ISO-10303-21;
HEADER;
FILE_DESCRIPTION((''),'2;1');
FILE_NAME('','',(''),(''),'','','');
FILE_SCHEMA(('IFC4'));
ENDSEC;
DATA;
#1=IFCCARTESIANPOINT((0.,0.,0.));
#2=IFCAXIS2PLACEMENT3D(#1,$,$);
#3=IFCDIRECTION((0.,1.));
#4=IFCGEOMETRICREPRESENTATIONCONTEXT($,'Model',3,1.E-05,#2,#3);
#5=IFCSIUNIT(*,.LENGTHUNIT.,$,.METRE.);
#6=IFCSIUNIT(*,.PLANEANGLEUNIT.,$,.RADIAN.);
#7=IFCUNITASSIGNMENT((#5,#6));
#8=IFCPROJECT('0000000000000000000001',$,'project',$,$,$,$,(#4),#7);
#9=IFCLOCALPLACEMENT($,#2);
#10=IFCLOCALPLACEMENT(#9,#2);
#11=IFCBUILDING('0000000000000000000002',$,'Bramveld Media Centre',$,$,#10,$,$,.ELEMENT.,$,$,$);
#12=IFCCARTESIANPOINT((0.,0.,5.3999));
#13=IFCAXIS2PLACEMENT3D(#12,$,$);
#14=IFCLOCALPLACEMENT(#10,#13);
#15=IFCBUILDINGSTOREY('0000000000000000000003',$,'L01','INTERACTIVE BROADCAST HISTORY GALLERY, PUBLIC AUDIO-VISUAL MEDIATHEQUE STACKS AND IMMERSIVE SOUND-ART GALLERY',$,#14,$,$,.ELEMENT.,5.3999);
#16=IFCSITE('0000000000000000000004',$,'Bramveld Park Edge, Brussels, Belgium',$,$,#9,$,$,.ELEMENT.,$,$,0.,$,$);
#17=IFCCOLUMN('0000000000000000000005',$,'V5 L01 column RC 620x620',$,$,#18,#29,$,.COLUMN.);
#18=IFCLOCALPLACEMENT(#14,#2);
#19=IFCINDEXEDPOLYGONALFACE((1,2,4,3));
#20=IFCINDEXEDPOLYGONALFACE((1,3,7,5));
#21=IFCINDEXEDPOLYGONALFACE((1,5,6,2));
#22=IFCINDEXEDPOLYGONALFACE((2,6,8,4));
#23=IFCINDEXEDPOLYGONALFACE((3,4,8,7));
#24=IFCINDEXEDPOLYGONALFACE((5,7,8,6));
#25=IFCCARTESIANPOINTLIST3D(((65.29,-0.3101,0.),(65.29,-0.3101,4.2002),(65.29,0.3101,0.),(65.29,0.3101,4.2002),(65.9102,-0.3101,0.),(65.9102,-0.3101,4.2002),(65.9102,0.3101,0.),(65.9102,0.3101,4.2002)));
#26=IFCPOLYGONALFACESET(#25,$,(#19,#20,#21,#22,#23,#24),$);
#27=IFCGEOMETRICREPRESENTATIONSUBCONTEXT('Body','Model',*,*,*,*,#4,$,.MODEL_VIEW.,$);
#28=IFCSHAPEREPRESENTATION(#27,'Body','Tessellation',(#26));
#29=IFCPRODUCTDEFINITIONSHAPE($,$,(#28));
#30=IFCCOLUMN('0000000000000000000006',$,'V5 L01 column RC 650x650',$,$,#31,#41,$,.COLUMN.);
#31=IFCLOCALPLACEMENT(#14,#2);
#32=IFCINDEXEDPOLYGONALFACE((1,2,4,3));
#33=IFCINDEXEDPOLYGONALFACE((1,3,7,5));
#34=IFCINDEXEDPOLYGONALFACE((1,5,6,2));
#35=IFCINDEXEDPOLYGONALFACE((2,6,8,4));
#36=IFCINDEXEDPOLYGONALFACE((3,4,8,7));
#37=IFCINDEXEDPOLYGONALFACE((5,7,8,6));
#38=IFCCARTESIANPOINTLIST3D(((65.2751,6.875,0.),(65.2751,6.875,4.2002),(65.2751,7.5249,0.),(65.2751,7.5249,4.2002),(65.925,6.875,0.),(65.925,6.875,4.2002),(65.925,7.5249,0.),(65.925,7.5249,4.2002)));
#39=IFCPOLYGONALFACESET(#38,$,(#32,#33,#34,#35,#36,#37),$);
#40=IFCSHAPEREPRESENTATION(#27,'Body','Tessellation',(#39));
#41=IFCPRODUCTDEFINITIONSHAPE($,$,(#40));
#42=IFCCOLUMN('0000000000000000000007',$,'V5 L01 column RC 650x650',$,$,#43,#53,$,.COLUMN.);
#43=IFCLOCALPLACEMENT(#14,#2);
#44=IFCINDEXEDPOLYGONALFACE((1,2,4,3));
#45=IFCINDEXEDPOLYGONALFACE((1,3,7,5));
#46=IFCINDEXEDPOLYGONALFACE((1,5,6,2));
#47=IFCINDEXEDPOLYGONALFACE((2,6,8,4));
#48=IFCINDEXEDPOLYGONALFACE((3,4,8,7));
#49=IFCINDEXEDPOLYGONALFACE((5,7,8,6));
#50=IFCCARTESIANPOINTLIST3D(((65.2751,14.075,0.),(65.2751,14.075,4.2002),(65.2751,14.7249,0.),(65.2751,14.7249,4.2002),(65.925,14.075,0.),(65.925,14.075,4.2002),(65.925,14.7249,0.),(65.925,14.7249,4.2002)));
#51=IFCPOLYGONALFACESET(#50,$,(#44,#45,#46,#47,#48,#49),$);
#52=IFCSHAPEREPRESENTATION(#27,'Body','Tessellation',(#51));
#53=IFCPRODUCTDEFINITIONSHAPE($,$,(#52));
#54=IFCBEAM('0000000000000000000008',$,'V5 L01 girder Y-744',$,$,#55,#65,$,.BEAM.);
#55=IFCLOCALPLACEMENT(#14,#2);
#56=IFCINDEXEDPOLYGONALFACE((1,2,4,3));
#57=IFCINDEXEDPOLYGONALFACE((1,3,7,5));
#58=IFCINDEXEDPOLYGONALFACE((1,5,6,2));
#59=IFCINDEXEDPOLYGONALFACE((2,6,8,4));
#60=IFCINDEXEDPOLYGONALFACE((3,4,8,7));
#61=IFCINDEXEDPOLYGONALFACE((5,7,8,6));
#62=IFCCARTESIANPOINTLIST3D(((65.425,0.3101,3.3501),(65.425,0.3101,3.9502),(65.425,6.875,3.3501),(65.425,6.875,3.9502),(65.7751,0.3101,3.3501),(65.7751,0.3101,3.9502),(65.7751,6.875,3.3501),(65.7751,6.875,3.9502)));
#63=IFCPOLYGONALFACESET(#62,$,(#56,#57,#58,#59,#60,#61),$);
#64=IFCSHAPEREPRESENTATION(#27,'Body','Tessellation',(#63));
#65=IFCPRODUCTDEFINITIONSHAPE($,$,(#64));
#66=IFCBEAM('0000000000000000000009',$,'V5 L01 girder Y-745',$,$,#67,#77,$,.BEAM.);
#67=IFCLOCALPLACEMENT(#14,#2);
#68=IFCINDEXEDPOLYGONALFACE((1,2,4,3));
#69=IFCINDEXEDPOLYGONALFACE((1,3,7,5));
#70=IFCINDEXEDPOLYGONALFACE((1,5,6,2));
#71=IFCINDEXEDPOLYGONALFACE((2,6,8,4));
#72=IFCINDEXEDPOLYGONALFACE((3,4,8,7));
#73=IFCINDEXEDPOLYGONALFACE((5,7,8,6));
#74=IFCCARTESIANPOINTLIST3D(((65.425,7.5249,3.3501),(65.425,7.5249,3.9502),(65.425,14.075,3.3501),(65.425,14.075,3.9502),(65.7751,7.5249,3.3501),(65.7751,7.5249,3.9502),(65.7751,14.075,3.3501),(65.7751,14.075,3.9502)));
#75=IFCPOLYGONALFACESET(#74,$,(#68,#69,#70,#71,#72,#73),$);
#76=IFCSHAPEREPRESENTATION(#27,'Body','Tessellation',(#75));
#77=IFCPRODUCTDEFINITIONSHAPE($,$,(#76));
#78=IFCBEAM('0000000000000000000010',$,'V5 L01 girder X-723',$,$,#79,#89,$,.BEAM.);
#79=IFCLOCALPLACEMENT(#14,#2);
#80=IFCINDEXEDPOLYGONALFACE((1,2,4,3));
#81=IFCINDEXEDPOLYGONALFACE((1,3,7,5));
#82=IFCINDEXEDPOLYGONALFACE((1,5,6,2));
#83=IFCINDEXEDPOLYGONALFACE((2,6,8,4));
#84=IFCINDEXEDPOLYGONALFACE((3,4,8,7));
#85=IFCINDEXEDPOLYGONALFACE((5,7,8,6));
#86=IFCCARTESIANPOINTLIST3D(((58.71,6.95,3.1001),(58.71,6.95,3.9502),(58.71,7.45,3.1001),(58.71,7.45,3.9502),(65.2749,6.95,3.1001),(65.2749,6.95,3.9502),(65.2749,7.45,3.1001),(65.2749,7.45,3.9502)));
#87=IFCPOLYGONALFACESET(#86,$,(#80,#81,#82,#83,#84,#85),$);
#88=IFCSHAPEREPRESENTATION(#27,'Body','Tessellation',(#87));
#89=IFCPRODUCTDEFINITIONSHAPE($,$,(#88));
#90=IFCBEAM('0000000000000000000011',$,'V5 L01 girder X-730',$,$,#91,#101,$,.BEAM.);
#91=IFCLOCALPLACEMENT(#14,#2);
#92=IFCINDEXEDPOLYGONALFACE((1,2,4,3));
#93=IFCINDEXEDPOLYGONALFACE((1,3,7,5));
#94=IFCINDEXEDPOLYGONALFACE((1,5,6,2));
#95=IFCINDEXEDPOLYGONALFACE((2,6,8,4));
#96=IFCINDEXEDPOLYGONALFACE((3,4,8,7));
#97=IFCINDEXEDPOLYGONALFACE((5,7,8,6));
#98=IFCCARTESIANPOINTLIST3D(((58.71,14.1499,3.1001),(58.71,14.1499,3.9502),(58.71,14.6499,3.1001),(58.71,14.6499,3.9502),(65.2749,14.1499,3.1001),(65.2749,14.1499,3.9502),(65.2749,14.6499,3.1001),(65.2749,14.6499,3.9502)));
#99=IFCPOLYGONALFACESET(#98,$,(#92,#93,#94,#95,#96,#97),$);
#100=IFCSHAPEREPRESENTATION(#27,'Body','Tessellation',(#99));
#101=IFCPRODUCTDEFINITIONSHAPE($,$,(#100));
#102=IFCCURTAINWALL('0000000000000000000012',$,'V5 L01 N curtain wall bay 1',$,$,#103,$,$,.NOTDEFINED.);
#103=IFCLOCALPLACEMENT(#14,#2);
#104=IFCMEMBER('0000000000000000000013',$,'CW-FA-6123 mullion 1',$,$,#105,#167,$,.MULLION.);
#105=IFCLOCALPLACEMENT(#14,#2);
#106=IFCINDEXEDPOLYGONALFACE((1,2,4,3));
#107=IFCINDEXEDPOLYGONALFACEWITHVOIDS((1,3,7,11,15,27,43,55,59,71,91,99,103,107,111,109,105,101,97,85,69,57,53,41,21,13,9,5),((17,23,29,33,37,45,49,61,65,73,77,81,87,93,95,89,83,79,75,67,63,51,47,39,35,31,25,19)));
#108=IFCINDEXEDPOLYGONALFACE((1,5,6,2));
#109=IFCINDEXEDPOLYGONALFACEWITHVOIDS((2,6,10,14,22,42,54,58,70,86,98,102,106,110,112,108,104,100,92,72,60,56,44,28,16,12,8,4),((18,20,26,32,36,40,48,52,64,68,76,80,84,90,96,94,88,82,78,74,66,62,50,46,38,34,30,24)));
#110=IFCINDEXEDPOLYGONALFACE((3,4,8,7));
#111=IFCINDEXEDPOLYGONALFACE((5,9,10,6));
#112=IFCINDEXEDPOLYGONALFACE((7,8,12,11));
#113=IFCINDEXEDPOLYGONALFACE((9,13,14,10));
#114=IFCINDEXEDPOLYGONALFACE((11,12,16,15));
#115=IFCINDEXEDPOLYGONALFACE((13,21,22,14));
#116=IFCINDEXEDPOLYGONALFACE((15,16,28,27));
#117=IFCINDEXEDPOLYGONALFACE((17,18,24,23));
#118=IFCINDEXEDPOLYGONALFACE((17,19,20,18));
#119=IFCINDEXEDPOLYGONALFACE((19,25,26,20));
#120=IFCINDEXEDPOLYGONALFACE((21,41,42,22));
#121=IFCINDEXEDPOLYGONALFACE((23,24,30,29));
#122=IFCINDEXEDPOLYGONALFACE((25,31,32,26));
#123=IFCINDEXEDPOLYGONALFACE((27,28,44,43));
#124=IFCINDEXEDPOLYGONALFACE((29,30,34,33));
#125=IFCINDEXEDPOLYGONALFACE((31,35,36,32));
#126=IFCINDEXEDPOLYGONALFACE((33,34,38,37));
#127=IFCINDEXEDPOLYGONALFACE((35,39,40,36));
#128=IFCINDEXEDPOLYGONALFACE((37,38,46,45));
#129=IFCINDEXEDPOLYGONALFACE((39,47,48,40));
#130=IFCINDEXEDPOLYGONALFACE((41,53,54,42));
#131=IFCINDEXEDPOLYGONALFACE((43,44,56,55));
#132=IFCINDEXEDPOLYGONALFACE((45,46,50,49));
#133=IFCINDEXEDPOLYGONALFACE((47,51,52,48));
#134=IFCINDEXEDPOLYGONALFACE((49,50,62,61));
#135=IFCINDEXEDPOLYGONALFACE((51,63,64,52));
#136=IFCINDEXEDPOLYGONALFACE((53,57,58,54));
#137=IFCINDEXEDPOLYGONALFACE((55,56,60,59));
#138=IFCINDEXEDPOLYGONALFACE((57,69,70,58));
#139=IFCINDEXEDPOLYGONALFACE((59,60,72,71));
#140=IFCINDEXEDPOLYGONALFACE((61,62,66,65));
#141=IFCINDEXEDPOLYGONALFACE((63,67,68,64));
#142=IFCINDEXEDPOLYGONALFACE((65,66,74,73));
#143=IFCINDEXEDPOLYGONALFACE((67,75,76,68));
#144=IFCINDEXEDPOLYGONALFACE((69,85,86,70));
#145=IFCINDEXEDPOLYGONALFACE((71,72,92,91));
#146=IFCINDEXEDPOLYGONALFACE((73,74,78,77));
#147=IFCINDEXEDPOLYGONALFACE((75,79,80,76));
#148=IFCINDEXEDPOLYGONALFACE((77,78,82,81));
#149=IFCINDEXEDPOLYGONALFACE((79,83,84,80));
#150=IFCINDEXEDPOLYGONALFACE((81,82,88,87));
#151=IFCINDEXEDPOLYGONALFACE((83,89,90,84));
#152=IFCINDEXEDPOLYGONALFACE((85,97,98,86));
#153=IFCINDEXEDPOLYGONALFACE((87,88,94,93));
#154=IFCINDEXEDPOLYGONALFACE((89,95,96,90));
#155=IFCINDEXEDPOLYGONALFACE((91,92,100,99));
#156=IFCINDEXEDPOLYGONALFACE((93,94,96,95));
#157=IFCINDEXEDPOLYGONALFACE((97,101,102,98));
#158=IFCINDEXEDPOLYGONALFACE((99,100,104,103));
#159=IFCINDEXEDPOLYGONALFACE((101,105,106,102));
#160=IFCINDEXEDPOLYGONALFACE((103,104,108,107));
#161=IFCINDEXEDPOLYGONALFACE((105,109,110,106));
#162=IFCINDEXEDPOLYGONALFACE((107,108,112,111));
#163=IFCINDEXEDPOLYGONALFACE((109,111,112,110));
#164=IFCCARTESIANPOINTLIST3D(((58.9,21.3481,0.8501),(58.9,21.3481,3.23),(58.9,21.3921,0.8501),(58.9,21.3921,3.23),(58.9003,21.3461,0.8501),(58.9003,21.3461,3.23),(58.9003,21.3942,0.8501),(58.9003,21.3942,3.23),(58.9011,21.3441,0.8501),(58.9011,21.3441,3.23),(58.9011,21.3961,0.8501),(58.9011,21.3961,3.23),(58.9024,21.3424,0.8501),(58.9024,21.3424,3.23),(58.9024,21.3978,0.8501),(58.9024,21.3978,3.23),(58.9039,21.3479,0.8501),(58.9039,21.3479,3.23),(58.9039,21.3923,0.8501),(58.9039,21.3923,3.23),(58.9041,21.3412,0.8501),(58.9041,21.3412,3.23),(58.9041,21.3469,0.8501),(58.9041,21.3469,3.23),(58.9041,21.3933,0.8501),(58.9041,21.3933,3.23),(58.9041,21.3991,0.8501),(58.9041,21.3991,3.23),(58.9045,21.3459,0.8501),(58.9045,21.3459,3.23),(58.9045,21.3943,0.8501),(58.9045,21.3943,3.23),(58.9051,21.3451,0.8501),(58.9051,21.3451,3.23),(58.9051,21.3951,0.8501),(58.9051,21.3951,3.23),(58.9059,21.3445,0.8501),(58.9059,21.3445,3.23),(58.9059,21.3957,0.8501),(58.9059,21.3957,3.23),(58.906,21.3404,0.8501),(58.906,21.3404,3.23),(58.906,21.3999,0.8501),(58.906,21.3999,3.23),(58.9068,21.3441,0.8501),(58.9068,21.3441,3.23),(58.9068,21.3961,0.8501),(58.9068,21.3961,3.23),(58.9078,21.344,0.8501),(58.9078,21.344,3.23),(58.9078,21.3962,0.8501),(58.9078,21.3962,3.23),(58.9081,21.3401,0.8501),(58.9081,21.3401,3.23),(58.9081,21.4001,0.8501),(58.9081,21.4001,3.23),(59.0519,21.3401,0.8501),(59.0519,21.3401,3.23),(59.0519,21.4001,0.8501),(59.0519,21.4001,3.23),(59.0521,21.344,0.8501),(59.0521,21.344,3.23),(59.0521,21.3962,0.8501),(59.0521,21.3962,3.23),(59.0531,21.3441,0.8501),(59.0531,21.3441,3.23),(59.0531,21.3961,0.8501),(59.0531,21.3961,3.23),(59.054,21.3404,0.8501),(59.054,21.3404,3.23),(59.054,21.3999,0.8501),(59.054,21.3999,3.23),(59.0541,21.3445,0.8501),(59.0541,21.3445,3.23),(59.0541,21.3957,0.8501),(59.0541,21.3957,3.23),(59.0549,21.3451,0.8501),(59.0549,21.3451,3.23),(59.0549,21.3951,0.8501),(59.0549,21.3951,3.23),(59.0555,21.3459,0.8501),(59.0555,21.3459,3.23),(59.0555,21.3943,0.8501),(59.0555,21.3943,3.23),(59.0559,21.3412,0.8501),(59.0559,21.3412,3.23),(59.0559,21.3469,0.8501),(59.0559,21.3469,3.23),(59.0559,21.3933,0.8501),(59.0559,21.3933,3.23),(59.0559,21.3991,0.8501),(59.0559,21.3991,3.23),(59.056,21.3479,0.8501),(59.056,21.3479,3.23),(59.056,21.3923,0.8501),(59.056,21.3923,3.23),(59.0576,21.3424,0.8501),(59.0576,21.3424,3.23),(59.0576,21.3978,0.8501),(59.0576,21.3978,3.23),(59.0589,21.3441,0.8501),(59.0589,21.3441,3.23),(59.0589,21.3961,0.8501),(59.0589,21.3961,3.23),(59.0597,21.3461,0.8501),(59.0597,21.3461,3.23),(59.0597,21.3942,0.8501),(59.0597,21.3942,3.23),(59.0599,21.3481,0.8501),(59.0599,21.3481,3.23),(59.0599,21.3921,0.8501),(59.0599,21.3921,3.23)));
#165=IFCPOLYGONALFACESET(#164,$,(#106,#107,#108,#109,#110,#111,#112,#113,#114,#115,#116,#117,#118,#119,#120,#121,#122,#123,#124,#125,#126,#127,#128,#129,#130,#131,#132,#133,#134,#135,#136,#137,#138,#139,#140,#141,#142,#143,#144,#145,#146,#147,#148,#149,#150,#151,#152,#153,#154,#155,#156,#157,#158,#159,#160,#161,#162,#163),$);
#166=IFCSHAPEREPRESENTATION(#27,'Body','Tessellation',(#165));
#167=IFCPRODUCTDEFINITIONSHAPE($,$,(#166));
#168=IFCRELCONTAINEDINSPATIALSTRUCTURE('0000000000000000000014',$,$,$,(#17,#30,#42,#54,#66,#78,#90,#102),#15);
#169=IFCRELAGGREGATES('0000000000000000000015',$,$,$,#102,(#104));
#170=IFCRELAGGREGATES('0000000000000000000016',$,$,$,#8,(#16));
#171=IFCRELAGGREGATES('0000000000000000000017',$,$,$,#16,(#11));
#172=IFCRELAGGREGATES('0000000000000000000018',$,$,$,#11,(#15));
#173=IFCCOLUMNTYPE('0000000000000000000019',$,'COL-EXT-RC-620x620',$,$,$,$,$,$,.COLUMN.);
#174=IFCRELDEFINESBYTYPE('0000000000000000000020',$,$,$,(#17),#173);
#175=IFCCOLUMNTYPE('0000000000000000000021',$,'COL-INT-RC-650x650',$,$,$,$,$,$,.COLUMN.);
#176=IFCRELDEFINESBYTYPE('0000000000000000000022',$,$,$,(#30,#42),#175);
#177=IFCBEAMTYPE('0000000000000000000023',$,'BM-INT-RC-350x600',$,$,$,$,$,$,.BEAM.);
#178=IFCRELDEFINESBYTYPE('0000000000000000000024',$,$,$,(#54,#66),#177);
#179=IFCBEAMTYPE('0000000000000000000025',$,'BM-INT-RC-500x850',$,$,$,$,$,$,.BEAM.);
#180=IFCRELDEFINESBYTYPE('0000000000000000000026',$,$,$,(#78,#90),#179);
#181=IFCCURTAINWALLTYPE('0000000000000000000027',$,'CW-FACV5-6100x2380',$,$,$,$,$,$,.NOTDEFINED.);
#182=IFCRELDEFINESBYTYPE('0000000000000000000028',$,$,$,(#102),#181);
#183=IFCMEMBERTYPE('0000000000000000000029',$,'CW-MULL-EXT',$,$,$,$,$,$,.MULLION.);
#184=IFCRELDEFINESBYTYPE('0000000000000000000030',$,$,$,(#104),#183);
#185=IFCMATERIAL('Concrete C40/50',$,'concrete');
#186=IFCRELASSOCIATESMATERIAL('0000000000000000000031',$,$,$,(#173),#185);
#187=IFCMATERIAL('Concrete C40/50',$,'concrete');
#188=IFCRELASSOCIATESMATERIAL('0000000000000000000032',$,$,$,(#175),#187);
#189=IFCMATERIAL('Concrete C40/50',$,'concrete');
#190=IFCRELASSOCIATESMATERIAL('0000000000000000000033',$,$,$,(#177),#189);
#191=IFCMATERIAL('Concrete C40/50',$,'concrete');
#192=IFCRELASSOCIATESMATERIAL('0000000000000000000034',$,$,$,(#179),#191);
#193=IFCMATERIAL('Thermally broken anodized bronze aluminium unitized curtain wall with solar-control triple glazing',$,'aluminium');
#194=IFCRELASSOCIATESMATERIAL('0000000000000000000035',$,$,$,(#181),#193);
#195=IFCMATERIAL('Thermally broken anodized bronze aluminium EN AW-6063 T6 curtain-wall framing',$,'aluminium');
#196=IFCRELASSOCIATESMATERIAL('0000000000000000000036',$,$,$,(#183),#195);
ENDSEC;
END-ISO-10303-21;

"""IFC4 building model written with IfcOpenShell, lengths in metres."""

from ifc_helpers import new_model, si_unit, direction, frame, origin, origin_2d, place, context, subcontext, project, spatial, rectangle, hollow_rectangle, extrude, material, material_profile, profile_set, type_object, element, aggregate, save


model = new_model("IFC4")

# Units and contexts
model_context = context("Model", 3, precision=1e-05, world=origin(), true_north=direction((0.0, 1.0)))
body_context = subcontext(model_context, "Body", "Model", "MODEL_VIEW")
ifc_project = project(units=[si_unit("LENGTHUNIT", "METRE"), si_unit("PLANEANGLEUNIT", "RADIAN")], contexts=[model_context])

# Site, building, storey
site_placement = place(None, origin())
site = spatial("IfcSite", under=ifc_project, at=site_placement, Name="Bramveld Park Edge, Brussels, Belgium", CompositionType="ELEMENT", RefElevation=0.0)
building_placement = place(site_placement, origin())
building = spatial("IfcBuilding", under=site, at=building_placement, Name="Bramveld Media Centre", CompositionType="ELEMENT")
storey_placement = place(building_placement, frame((0.0, 0.0, 5.3999)))
storey = spatial("IfcBuildingStorey", under=building, at=storey_placement, Name="L01", Description="INTERACTIVE BROADCAST HISTORY GALLERY, PUBLIC AUDIO-VISUAL MEDIATHEQUE STACKS AND IMMERSIVE SOUND-ART GALLERY", CompositionType="ELEMENT", Elevation=5.3999)

# Columns
ifc_material_1 = material(Name="Concrete C40/50", Category="concrete")
ifc_material_profile_1 = material_profile(ifc_material_1, rectangle(XDim=0.6201, YDim=0.6201, at=origin_2d()), Name="RC 620x620")
ifc_profile_set_1 = profile_set([ifc_material_profile_1], Name="Concrete C40/50")
column_type_1 = type_object("IfcColumnType", Name="COL-EXT-RC-620x620", PredefinedType="COLUMN", material=ifc_profile_set_1)
column_placement = place(storey_placement, frame((65.6001, 0.0, 0.0), z_axis=(0.0, 0.0, 1.0), x_axis=(1.0, 0.0, 0.0)))
element("IfcColumn", 1, at=column_placement, inside=storey, type_object=column_type_1, Name="V5 L01 column RC 620x620", PredefinedType="COLUMN", context=body_context, shape_type="SweptSolid", body=[
    extrude(rectangle(XDim=0.6201, YDim=0.6201, at=origin_2d()), origin(), (0.0, 0.0, 1.0), 4.2002),
])
ifc_material_2 = material(Name="Concrete C40/50", Category="concrete")
ifc_material_profile_2 = material_profile(ifc_material_2, rectangle(XDim=0.6499, YDim=0.6499, at=origin_2d()), Name="RC 650x650")
ifc_profile_set_2 = profile_set([ifc_material_profile_2], Name="Concrete C40/50")
column_type_2 = type_object("IfcColumnType", Name="COL-INT-RC-650x650", PredefinedType="COLUMN", material=ifc_profile_set_2)
for number, where, z_axis, x_axis, name in (
    (2, (65.6001, 7.2, 0.0), (0.0, 0.0, 1.0), (1.0, 0.0, 0.0), "V5 L01 column RC 650x650"),
    (3, (65.6001, 14.3999, 0.0), (0.0, 0.0, 1.0), (1.0, 0.0, 0.0), "V5 L01 column RC 650x650"),
):
    element("IfcColumn", number, at=place(storey_placement, frame(where, z_axis=z_axis, x_axis=x_axis)), inside=storey, type_object=column_type_2, Name=name, PredefinedType="COLUMN", context=body_context, shape_type="SweptSolid", body=[
        extrude(rectangle(XDim=0.6499, YDim=0.6499, at=origin_2d()), origin(), (0.0, 0.0, 1.0), 4.2002),
    ])

# Beams
ifc_material_3 = material(Name="Concrete C40/50", Category="concrete")
ifc_material_profile_3 = material_profile(ifc_material_3, rectangle(XDim=0.3501, YDim=0.6001, at=origin_2d()), Name="RC 350x600")
ifc_profile_set_3 = profile_set([ifc_material_profile_3], Name="Concrete C40/50")
beam_type_1 = type_object("IfcBeamType", Name="BM-INT-RC-350x600", PredefinedType="BEAM", material=ifc_profile_set_3)
beam_1_placement = place(storey_placement, frame((65.6001, 0.3101, 3.6501), z_axis=(0.0, 1.0, 0.0), x_axis=(-1.0, 0.0, 0.0)))
element("IfcBeam", 4, at=beam_1_placement, inside=storey, type_object=beam_type_1, Name="V5 L01 girder Y-744", PredefinedType="BEAM", context=body_context, shape_type="SweptSolid", body=[
    extrude(rectangle(XDim=0.3501, YDim=0.6001, at=origin_2d()), origin(), (0.0, 0.0, 1.0), 6.5649),
])
beam_2_placement = place(storey_placement, frame((65.6001, 7.5249, 3.6501), z_axis=(0.0, 1.0, 0.0), x_axis=(-1.0, 0.0, 0.0)))
element("IfcBeam", 5, at=beam_2_placement, inside=storey, type_object=beam_type_1, Name="V5 L01 girder Y-745", PredefinedType="BEAM", context=body_context, shape_type="SweptSolid", body=[
    extrude(rectangle(XDim=0.3501, YDim=0.6001, at=origin_2d()), origin(), (0.0, 0.0, 1.0), 6.55),
])
ifc_material_4 = material(Name="Concrete C40/50", Category="concrete")
ifc_material_profile_4 = material_profile(ifc_material_4, rectangle(XDim=0.5, YDim=0.8501, at=origin_2d()), Name="RC 500x850")
ifc_profile_set_4 = profile_set([ifc_material_profile_4], Name="Concrete C40/50")
beam_type_2 = type_object("IfcBeamType", Name="BM-INT-RC-500x850", PredefinedType="BEAM", material=ifc_profile_set_4)
for number, where, z_axis, x_axis, name in (
    (6, (58.71, 7.2, 3.5251), (1.0, 0.0, 0.0), (0.0, 1.0, 0.0), "V5 L01 girder X-723"),
    (7, (58.71, 14.3999, 3.5251), (1.0, 0.0, 0.0), (0.0, 1.0, 0.0), "V5 L01 girder X-730"),
):
    element("IfcBeam", number, at=place(storey_placement, frame(where, z_axis=z_axis, x_axis=x_axis)), inside=storey, type_object=beam_type_2, Name=name, PredefinedType="BEAM", context=body_context, shape_type="SweptSolid", body=[
        extrude(rectangle(XDim=0.5, YDim=0.8501, at=origin_2d()), origin(), (0.0, 0.0, 1.0), 6.5649),
    ])

# Curtain wall, member
ifc_material_5 = material(Name="Thermally broken anodized bronze aluminium unitized curtain wall with solar-control triple glazing", Category="aluminium")
curtain_wall_type = type_object("IfcCurtainWallType", Name="CW-FACV5-6100x2380", PredefinedType="NOTDEFINED", material=ifc_material_5)
curtain_wall_placement = place(storey_placement, origin())
curtain_wall = element("IfcCurtainWall", 8, at=curtain_wall_placement, inside=storey, type_object=curtain_wall_type, Name="V5 L01 N curtain wall bay 1", PredefinedType="NOTDEFINED")
ifc_material_6 = material(Name="Thermally broken anodized bronze aluminium EN AW-6063 T6 curtain-wall framing", Category="aluminium")
ifc_material_profile_5 = material_profile(ifc_material_6, hollow_rectangle(XDim=0.0601, YDim=0.1599, WallThickness=0.0039, InnerFilletRadius=0.0039, OuterFilletRadius=0.0081, at=origin_2d()), Name="AL-MULL 60x160")
ifc_profile_set_5 = profile_set([ifc_material_profile_5], Name="Thermally broken anodized bronze aluminium EN AW-6063 T6 curtain-wall framing")
member_type_1 = type_object("IfcMemberType", Name="CW-MULL-EXT", PredefinedType="MULLION", material=ifc_profile_set_5)
member_1_placement = place(storey_placement, frame((58.98, 21.3701, 0.8501), z_axis=(0.0, 0.0, 1.0), x_axis=(0.0, 1.0, 0.0)))
member_1 = element("IfcMember", 9, at=member_1_placement, type_object=member_type_1, Name="CW-FA-6123 mullion 1", PredefinedType="MULLION", context=body_context, shape_type="SweptSolid", body=[
    extrude(hollow_rectangle(XDim=0.0601, YDim=0.1599, WallThickness=0.0039, InnerFilletRadius=0.0039, OuterFilletRadius=0.0081, at=origin_2d()), origin(), (0.0, 0.0, 1.0), 2.3799),
])

aggregate(curtain_wall, [member_1])

save(model, "model.ifc")
